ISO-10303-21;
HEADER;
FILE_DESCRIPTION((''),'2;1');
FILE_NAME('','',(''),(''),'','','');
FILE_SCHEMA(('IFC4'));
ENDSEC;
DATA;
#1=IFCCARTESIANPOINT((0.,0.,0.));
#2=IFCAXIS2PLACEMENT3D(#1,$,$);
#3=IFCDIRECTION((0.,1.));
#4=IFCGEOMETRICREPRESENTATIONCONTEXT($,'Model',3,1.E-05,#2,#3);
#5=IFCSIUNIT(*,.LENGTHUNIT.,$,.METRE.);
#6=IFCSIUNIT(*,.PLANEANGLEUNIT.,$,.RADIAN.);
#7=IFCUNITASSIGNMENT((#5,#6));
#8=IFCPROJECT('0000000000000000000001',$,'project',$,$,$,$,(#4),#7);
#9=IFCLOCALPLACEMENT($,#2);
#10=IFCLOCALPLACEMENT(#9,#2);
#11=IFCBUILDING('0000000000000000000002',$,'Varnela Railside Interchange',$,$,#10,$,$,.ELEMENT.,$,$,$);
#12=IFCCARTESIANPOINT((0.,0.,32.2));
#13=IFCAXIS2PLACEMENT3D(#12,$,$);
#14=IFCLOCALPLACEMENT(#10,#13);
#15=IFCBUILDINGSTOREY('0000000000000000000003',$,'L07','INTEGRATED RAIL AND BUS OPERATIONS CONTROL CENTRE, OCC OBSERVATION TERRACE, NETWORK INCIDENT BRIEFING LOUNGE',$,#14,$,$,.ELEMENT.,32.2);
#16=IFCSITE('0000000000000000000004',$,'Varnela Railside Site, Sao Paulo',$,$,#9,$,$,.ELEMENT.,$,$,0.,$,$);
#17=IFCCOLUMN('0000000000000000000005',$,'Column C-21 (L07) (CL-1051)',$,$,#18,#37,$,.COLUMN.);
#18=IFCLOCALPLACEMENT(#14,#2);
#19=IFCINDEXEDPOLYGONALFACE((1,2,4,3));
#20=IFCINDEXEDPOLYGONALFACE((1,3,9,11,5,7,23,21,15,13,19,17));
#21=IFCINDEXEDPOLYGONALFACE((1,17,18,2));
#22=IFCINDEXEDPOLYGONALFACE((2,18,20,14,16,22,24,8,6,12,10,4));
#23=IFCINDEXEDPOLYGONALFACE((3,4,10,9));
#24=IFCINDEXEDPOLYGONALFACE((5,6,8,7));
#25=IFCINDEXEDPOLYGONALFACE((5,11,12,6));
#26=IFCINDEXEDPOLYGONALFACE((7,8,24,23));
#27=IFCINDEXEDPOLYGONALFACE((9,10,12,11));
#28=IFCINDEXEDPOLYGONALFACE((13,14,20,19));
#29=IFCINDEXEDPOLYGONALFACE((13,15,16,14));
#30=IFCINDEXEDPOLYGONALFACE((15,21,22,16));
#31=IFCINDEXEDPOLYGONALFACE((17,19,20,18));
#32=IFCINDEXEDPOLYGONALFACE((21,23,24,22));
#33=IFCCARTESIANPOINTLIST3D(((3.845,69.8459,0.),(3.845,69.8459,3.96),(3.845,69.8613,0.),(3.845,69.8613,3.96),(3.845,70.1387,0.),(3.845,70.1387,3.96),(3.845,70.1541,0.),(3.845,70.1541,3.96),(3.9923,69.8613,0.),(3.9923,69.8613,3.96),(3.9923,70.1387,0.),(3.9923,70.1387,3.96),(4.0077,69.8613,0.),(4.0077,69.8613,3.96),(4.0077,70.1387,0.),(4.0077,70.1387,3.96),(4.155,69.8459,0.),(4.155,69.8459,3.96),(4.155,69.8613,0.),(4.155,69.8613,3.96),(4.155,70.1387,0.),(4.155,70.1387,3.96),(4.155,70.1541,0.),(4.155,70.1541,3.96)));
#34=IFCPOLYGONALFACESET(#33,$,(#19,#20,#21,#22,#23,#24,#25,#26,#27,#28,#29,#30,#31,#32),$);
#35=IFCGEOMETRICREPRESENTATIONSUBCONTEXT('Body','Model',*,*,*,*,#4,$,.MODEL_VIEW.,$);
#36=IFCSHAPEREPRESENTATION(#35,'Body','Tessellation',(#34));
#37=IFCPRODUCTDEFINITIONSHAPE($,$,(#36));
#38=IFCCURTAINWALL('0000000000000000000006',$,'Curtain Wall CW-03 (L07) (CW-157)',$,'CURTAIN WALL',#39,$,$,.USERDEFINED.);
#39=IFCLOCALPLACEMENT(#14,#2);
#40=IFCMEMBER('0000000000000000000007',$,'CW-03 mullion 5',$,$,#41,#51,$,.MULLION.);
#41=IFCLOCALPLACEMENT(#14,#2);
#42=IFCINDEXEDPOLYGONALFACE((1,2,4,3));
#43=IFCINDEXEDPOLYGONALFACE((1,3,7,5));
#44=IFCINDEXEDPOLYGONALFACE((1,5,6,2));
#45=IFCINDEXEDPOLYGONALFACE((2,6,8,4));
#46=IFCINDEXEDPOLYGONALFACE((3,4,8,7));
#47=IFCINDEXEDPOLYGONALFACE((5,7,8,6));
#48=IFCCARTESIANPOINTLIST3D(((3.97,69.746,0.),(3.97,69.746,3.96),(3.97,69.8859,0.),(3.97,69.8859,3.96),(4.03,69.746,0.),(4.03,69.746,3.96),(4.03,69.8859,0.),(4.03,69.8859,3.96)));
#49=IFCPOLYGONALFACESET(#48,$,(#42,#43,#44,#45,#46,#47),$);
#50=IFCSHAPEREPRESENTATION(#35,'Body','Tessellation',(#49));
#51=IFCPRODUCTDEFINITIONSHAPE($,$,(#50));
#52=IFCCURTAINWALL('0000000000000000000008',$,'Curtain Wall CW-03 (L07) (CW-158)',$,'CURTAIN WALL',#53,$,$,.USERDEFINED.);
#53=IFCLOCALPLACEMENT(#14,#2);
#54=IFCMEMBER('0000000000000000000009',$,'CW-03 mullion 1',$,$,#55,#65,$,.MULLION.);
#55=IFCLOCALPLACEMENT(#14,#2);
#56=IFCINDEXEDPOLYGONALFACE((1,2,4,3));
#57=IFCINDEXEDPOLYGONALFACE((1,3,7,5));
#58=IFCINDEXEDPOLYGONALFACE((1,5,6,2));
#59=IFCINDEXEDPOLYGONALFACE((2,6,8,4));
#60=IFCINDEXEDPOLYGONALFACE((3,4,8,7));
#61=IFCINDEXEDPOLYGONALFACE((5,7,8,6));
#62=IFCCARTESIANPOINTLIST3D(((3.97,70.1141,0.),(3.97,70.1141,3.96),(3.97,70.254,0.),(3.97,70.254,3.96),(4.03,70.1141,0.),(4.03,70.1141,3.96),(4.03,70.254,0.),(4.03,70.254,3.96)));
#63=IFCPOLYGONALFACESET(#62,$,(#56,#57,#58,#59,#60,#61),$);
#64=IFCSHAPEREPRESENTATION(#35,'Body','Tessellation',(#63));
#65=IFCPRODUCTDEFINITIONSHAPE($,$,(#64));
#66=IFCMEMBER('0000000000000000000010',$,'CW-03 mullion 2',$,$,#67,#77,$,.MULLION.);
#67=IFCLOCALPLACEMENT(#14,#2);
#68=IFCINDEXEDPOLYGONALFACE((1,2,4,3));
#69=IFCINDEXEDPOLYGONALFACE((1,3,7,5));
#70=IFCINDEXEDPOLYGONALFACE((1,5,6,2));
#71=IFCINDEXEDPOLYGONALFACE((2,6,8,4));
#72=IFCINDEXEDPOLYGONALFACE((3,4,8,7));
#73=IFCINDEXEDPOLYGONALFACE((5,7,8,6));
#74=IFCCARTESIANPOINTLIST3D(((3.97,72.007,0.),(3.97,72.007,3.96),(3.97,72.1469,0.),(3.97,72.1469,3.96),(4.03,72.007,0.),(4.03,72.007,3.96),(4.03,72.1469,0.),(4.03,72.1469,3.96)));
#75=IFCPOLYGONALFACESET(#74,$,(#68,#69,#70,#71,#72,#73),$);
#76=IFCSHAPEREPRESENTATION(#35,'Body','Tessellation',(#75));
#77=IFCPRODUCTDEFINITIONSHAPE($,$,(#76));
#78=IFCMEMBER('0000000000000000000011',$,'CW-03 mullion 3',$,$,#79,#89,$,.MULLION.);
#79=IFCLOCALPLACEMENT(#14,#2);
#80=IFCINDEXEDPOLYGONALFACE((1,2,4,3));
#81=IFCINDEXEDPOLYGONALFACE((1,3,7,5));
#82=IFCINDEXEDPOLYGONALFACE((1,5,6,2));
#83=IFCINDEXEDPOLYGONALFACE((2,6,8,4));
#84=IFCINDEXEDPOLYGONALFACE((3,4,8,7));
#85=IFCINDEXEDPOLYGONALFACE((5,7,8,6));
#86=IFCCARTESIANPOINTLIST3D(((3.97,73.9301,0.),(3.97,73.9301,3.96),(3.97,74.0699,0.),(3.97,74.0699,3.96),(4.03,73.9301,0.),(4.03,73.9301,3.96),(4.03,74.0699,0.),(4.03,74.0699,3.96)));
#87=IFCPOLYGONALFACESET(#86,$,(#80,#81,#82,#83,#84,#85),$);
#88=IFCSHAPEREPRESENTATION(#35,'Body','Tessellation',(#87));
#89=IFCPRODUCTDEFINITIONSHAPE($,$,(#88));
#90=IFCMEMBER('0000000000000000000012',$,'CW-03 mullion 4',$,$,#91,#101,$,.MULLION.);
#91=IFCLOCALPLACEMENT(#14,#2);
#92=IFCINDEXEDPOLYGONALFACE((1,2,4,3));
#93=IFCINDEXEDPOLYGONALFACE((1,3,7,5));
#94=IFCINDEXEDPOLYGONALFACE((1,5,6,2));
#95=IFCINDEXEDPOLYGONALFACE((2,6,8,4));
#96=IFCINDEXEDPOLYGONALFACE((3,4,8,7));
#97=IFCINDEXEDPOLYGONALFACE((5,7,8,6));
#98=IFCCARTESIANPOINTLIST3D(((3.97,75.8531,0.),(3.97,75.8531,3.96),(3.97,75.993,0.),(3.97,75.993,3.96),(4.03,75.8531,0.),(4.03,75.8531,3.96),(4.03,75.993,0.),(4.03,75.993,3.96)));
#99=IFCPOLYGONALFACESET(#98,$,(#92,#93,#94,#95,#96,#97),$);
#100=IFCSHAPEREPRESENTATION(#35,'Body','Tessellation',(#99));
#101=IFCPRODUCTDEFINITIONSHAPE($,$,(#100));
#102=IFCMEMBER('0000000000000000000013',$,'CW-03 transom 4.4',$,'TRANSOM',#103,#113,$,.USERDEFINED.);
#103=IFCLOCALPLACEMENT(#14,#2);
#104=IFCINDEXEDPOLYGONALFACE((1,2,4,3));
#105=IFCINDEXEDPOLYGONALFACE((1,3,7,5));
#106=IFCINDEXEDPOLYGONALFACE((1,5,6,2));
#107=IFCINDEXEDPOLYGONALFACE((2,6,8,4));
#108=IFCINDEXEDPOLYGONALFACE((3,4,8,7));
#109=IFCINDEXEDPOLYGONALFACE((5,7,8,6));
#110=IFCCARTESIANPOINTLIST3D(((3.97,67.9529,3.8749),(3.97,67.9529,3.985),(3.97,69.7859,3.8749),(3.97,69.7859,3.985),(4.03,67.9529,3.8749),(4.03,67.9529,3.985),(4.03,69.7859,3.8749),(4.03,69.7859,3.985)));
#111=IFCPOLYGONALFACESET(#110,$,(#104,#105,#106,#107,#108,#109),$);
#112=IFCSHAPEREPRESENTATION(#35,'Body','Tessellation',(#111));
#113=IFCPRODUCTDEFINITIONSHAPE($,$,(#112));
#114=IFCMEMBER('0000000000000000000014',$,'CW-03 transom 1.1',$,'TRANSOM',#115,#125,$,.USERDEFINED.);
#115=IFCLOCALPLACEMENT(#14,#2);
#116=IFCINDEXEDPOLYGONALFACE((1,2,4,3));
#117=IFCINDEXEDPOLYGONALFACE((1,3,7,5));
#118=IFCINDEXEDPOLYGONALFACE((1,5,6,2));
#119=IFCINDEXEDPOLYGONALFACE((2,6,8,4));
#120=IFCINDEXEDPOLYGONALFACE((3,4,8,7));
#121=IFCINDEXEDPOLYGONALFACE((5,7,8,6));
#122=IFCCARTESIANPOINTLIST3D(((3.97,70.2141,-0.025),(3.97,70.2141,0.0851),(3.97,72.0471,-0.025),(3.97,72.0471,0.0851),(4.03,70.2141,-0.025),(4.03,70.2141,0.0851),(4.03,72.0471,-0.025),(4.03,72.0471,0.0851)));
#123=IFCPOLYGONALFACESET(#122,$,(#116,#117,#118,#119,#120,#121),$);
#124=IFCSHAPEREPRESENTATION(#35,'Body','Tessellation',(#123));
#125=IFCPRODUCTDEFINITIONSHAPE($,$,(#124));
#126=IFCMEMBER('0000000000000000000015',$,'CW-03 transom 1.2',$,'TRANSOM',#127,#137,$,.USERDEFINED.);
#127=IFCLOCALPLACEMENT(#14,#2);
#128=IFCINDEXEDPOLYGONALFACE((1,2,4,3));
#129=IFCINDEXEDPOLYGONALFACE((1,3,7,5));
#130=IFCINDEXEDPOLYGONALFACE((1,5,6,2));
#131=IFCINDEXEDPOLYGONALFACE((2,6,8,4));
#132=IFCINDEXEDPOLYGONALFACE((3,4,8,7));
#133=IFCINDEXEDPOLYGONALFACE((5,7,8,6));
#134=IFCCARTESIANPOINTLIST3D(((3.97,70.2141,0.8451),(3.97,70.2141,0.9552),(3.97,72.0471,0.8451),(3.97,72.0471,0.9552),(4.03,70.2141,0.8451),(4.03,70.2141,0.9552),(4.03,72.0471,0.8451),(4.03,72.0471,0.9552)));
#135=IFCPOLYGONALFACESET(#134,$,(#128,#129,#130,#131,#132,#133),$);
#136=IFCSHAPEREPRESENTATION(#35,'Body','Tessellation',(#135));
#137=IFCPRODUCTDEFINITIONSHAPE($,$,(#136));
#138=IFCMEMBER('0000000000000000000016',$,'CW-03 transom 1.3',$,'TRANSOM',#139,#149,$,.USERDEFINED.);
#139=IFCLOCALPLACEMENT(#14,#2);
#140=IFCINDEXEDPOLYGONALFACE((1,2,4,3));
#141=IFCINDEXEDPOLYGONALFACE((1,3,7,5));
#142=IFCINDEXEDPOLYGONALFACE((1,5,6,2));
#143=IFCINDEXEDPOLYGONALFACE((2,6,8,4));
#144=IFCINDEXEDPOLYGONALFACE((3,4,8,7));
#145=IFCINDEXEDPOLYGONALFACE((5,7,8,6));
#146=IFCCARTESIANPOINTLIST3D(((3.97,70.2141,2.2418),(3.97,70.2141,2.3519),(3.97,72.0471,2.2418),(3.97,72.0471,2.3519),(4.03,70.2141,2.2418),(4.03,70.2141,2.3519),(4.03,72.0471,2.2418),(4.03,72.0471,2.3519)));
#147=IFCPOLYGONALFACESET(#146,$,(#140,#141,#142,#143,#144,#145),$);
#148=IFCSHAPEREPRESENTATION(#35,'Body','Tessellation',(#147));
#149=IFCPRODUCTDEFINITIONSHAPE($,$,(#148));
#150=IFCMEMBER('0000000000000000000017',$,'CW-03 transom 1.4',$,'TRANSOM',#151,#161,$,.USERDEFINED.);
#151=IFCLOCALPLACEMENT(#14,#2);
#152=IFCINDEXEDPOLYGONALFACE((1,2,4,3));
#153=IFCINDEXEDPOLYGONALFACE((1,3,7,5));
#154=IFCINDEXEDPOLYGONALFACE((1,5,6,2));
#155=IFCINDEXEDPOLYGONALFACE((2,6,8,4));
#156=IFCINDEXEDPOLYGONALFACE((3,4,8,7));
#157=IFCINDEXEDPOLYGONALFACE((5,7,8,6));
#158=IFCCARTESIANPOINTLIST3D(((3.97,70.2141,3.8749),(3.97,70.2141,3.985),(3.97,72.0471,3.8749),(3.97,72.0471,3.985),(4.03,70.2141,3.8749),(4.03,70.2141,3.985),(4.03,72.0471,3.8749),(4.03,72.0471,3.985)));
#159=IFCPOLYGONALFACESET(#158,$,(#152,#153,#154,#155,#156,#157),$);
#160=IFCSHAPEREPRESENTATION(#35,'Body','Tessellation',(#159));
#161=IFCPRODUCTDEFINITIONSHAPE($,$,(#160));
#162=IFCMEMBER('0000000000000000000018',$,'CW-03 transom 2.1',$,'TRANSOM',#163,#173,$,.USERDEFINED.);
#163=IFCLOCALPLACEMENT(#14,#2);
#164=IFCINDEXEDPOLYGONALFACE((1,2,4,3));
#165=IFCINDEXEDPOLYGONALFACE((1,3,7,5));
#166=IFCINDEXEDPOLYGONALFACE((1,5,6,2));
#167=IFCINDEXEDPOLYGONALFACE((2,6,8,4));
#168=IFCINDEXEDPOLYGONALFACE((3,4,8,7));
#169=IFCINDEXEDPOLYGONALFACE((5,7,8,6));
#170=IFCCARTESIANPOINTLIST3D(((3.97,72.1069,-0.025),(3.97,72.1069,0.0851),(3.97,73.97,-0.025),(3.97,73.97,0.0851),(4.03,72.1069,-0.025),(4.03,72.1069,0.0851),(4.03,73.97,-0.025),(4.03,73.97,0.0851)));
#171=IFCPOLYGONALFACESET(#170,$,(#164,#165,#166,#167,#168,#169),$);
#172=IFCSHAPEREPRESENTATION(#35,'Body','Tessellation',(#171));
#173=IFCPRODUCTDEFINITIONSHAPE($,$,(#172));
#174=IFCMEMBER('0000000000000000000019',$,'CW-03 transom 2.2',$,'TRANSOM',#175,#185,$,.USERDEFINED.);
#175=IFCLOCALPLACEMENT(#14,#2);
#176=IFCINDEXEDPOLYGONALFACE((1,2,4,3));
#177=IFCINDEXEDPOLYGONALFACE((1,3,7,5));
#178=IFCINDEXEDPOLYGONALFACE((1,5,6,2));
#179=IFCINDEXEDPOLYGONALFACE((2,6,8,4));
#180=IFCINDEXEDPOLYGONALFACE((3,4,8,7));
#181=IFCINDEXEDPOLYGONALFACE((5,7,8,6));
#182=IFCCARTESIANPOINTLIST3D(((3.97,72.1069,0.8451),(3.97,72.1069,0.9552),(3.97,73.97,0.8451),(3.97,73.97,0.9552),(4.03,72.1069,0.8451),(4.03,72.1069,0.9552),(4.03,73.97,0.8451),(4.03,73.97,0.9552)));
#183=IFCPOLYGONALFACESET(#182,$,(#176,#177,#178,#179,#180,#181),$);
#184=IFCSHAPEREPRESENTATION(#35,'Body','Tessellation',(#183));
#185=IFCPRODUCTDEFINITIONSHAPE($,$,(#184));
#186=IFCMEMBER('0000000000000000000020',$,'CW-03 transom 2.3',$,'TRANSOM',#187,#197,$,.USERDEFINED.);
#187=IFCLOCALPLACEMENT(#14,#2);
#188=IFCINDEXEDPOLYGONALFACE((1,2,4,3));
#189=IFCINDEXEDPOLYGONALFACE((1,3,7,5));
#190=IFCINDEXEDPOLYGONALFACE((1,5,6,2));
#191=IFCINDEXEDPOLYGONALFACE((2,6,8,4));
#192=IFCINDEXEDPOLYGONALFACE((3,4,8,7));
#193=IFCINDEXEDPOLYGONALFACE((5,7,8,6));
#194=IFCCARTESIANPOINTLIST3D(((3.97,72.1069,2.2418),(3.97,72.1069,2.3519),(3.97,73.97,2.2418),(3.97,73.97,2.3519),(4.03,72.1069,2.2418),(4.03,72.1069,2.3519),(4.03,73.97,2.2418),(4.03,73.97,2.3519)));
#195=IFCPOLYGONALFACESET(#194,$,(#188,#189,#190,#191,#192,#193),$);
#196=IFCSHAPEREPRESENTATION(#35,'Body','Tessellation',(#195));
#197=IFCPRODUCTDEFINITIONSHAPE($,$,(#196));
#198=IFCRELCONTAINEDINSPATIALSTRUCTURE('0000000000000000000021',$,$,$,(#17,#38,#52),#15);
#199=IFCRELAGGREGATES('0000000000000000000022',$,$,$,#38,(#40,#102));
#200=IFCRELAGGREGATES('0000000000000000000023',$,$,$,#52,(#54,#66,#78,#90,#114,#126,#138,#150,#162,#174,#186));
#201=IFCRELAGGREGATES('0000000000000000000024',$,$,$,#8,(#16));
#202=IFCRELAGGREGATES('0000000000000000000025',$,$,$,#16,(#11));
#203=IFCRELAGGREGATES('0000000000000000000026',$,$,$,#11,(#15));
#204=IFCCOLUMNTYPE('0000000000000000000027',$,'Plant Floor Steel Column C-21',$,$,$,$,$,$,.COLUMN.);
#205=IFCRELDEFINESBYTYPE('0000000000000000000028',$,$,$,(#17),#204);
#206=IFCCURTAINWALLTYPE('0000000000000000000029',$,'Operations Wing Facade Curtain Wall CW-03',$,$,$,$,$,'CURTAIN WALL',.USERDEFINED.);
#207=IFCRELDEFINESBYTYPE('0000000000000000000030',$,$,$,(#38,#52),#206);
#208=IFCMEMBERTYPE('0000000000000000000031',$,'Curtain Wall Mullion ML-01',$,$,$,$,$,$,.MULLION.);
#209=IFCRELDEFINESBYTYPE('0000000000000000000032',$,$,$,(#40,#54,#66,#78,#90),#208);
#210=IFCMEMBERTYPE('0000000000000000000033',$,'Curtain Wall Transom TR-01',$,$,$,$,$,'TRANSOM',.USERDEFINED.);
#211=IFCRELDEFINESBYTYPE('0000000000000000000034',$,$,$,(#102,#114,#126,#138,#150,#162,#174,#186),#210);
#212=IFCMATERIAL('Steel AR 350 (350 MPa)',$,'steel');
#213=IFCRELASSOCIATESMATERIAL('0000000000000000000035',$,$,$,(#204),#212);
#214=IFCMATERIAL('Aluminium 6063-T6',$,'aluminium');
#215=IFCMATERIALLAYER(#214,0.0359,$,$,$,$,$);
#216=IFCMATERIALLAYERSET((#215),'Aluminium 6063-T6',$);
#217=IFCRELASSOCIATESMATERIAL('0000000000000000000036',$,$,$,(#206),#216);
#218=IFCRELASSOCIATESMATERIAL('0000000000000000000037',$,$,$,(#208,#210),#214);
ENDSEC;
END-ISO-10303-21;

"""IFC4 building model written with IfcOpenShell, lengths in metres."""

from ifc_helpers import new_model, si_unit, direction, frame, origin, origin_2d, place, context, subcontext, project, spatial, rectangle, i_section, extrude, material, layer, layer_set, material_profile, profile_set, type_object, element, aggregate, save


model = new_model("IFC4")

# Units and contexts
model_context = context("Model", 3, precision=1e-05, world=origin(), true_north=direction((0.0, 1.0)))
body_context = subcontext(model_context, "Body", "Model", "MODEL_VIEW")
ifc_project = project(units=[si_unit("LENGTHUNIT", "METRE"), si_unit("PLANEANGLEUNIT", "RADIAN")], contexts=[model_context])

# Site, building, storey
site_placement = place(None, origin())
site = spatial("IfcSite", under=ifc_project, at=site_placement, Name="Varnela Railside Site, Sao Paulo", CompositionType="ELEMENT", RefElevation=0.0)
building_placement = place(site_placement, origin())
building = spatial("IfcBuilding", under=site, at=building_placement, Name="Varnela Railside Interchange", CompositionType="ELEMENT")
storey_placement = place(building_placement, frame((0.0, 0.0, 32.2)))
storey = spatial("IfcBuildingStorey", under=building, at=storey_placement, Name="L07", Description="INTEGRATED RAIL AND BUS OPERATIONS CONTROL CENTRE, OCC OBSERVATION TERRACE, NETWORK INCIDENT BRIEFING LOUNGE", CompositionType="ELEMENT", Elevation=32.2)

# Column
ifc_material_1 = material(Name="Steel AR 350 (350 MPa)", Category="steel")
ifc_material_profile_1 = material_profile(ifc_material_1, i_section(OverallWidth=0.3101, OverallDepth=0.3081, WebThickness=0.0154, FlangeThickness=0.0154, at=origin_2d()), Name="HP310x110")
ifc_profile_set_1 = profile_set([ifc_material_profile_1], Name="Steel AR 350 (350 MPa)")
column_type = type_object("IfcColumnType", Name="Plant Floor Steel Column C-21", PredefinedType="COLUMN", material=ifc_profile_set_1)
column_placement = place(storey_placement, frame((4.0, 70.0, 0.0), z_axis=(0.0, 0.0, 1.0), x_axis=(1.0, 0.0, 0.0)))
element("IfcColumn", 1, at=column_placement, inside=storey, type_object=column_type, Name="Column C-21 (L07) (CL-1051)", PredefinedType="COLUMN", context=body_context, shape_type="SweptSolid", body=[
    extrude(i_section(OverallWidth=0.3101, OverallDepth=0.3081, WebThickness=0.0154, FlangeThickness=0.0154, at=origin_2d()), origin(), (0.0, 0.0, 1.0), 3.96),
])

# Curtain wall, member
ifc_material_2 = material(Name="Aluminium 6063-T6", Category="aluminium")
ifc_layer_1 = layer(ifc_material_2, 0.0359)
ifc_layer_set_1 = layer_set([ifc_layer_1], Name="Aluminium 6063-T6")
curtain_wall_type = type_object("IfcCurtainWallType", Name="Operations Wing Facade Curtain Wall CW-03", ElementType="CURTAIN WALL", PredefinedType="USERDEFINED", material=ifc_layer_set_1)
curtain_wall_1_placement = place(storey_placement, origin())
curtain_wall_1 = element("IfcCurtainWall", 2, at=curtain_wall_1_placement, inside=storey, type_object=curtain_wall_type, Name="Curtain Wall CW-03 (L07) (CW-157)", ObjectType="CURTAIN WALL", PredefinedType="USERDEFINED")
ifc_material_profile_2 = material_profile(ifc_material_2, rectangle(XDim=0.0601, YDim=0.1399, at=origin_2d()), Name="ALU 60x140")
ifc_profile_set_2 = profile_set([ifc_material_profile_2], Name="Aluminium 6063-T6")
member_type_1 = type_object("IfcMemberType", Name="Curtain Wall Mullion ML-01", PredefinedType="MULLION", material=ifc_profile_set_2)
member_1_placement = place(storey_placement, frame((4.0, 69.8159, 0.0), z_axis=(0.0, 0.0, 1.0), x_axis=(-1.0, 0.0, 0.0)))
member_1 = element("IfcMember", 3, at=member_1_placement, type_object=member_type_1, Name="CW-03 mullion 5", PredefinedType="MULLION", context=body_context, shape_type="SweptSolid", body=[
    extrude(rectangle(XDim=0.0601, YDim=0.1399, at=origin_2d()), origin(), (0.0, 0.0, 1.0), 3.96),
])

# Curtain wall, members
curtain_wall_2_placement = place(storey_placement, origin())
curtain_wall_2 = element("IfcCurtainWall", 4, at=curtain_wall_2_placement, inside=storey, type_object=curtain_wall_type, Name="Curtain Wall CW-03 (L07) (CW-158)", ObjectType="CURTAIN WALL", PredefinedType="USERDEFINED")
member_2_placement = place(storey_placement, frame((4.0, 70.1841, 0.0), z_axis=(0.0, 0.0, 1.0), x_axis=(-1.0, 0.0, 0.0)))
member_2 = element("IfcMember", 5, at=member_2_placement, type_object=member_type_1, Name="CW-03 mullion 1", PredefinedType="MULLION", context=body_context, shape_type="SweptSolid", body=[
    extrude(rectangle(XDim=0.0601, YDim=0.1399, at=origin_2d()), origin(), (0.0, 0.0, 1.0), 3.96),
])
member_3_placement = place(storey_placement, frame((4.0, 72.0769, 0.0), z_axis=(0.0, 0.0, 1.0), x_axis=(-1.0, 0.0, 0.0)))
member_3 = element("IfcMember", 6, at=member_3_placement, type_object=member_type_1, Name="CW-03 mullion 2", PredefinedType="MULLION", context=body_context, shape_type="SweptSolid", body=[
    extrude(rectangle(XDim=0.0601, YDim=0.1399, at=origin_2d()), origin(), (0.0, 0.0, 1.0), 3.96),
])
member_4_placement = place(storey_placement, frame((4.0, 74.0, 0.0), z_axis=(0.0, 0.0, 1.0), x_axis=(-1.0, 0.0, 0.0)))
member_4 = element("IfcMember", 7, at=member_4_placement, type_object=member_type_1, Name="CW-03 mullion 3", PredefinedType="MULLION", context=body_context, shape_type="SweptSolid", body=[
    extrude(rectangle(XDim=0.0601, YDim=0.1399, at=origin_2d()), origin(), (0.0, 0.0, 1.0), 3.96),
])
member_5_placement = place(storey_placement, frame((4.0, 75.9231, 0.0), z_axis=(0.0, 0.0, 1.0), x_axis=(-1.0, 0.0, 0.0)))
member_5 = element("IfcMember", 8, at=member_5_placement, type_object=member_type_1, Name="CW-03 mullion 4", PredefinedType="MULLION", context=body_context, shape_type="SweptSolid", body=[
    extrude(rectangle(XDim=0.0601, YDim=0.1399, at=origin_2d()), origin(), (0.0, 0.0, 1.0), 3.96),
])

# Members
ifc_material_profile_3 = material_profile(ifc_material_2, rectangle(XDim=0.0601, YDim=0.1101, at=origin_2d()), Name="ALU 60x110")
ifc_profile_set_3 = profile_set([ifc_material_profile_3], Name="Aluminium 6063-T6")
member_type_2 = type_object("IfcMemberType", Name="Curtain Wall Transom TR-01", ElementType="TRANSOM", PredefinedType="USERDEFINED", material=ifc_profile_set_3)
member_6_placement = place(storey_placement, frame((4.0, 67.9529, 3.9299), z_axis=(0.0, 1.0, 0.0), x_axis=(-1.0, 0.0, 0.0)))
member_6 = element("IfcMember", 9, at=member_6_placement, type_object=member_type_2, Name="CW-03 transom 4.4", ObjectType="TRANSOM", PredefinedType="USERDEFINED", context=body_context, shape_type="SweptSolid", body=[
    extrude(rectangle(XDim=0.0601, YDim=0.1101, at=origin_2d()), origin(), (0.0, 0.0, 1.0), 1.833),
])
member_7_placement = place(storey_placement, frame((4.0, 70.2141, 0.03), z_axis=(0.0, 1.0, 0.0), x_axis=(-1.0, 0.0, 0.0)))
member_7 = element("IfcMember", 10, at=member_7_placement, type_object=member_type_2, Name="CW-03 transom 1.1", ObjectType="TRANSOM", PredefinedType="USERDEFINED", context=body_context, shape_type="SweptSolid", body=[
    extrude(rectangle(XDim=0.0601, YDim=0.1101, at=origin_2d()), origin(), (0.0, 0.0, 1.0), 1.833),
])
member_8_placement = place(storey_placement, frame((4.0, 70.2141, 0.9001), z_axis=(0.0, 1.0, 0.0), x_axis=(-1.0, 0.0, 0.0)))
member_8 = element("IfcMember", 11, at=member_8_placement, type_object=member_type_2, Name="CW-03 transom 1.2", ObjectType="TRANSOM", PredefinedType="USERDEFINED", context=body_context, shape_type="SweptSolid", body=[
    extrude(rectangle(XDim=0.0601, YDim=0.1101, at=origin_2d()), origin(), (0.0, 0.0, 1.0), 1.833),
])
member_9_placement = place(storey_placement, frame((4.0, 70.2141, 2.2969), z_axis=(0.0, 1.0, 0.0), x_axis=(-1.0, 0.0, 0.0)))
member_9 = element("IfcMember", 12, at=member_9_placement, type_object=member_type_2, Name="CW-03 transom 1.3", ObjectType="TRANSOM", PredefinedType="USERDEFINED", context=body_context, shape_type="SweptSolid", body=[
    extrude(rectangle(XDim=0.0601, YDim=0.1101, at=origin_2d()), origin(), (0.0, 0.0, 1.0), 1.833),
])
member_10_placement = place(storey_placement, frame((4.0, 70.2141, 3.9299), z_axis=(0.0, 1.0, 0.0), x_axis=(-1.0, 0.0, 0.0)))
member_10 = element("IfcMember", 13, at=member_10_placement, type_object=member_type_2, Name="CW-03 transom 1.4", ObjectType="TRANSOM", PredefinedType="USERDEFINED", context=body_context, shape_type="SweptSolid", body=[
    extrude(rectangle(XDim=0.0601, YDim=0.1101, at=origin_2d()), origin(), (0.0, 0.0, 1.0), 1.833),
])
member_11_placement = place(storey_placement, frame((4.0, 72.1069, 0.03), z_axis=(0.0, 1.0, 0.0), x_axis=(-1.0, 0.0, 0.0)))
member_11 = element("IfcMember", 14, at=member_11_placement, type_object=member_type_2, Name="CW-03 transom 2.1", ObjectType="TRANSOM", PredefinedType="USERDEFINED", context=body_context, shape_type="SweptSolid", body=[
    extrude(rectangle(XDim=0.0601, YDim=0.1101, at=origin_2d()), origin(), (0.0, 0.0, 1.0), 1.863),
])
member_12_placement = place(storey_placement, frame((4.0, 72.1069, 0.9001), z_axis=(0.0, 1.0, 0.0), x_axis=(-1.0, 0.0, 0.0)))
member_12 = element("IfcMember", 15, at=member_12_placement, type_object=member_type_2, Name="CW-03 transom 2.2", ObjectType="TRANSOM", PredefinedType="USERDEFINED", context=body_context, shape_type="SweptSolid", body=[
    extrude(rectangle(XDim=0.0601, YDim=0.1101, at=origin_2d()), origin(), (0.0, 0.0, 1.0), 1.863),
])
member_13_placement = place(storey_placement, frame((4.0, 72.1069, 2.2969), z_axis=(0.0, 1.0, 0.0), x_axis=(-1.0, 0.0, 0.0)))
member_13 = element("IfcMember", 16, at=member_13_placement, type_object=member_type_2, Name="CW-03 transom 2.3", ObjectType="TRANSOM", PredefinedType="USERDEFINED", context=body_context, shape_type="SweptSolid", body=[
    extrude(rectangle(XDim=0.0601, YDim=0.1101, at=origin_2d()), origin(), (0.0, 0.0, 1.0), 1.863),
])

aggregate(curtain_wall_1, [member_1, member_6])
aggregate(curtain_wall_2, [member_2, member_3, member_4, member_5, member_7, member_8, member_9, member_10, member_11, member_12, member_13])

save(model, "model.ifc")
